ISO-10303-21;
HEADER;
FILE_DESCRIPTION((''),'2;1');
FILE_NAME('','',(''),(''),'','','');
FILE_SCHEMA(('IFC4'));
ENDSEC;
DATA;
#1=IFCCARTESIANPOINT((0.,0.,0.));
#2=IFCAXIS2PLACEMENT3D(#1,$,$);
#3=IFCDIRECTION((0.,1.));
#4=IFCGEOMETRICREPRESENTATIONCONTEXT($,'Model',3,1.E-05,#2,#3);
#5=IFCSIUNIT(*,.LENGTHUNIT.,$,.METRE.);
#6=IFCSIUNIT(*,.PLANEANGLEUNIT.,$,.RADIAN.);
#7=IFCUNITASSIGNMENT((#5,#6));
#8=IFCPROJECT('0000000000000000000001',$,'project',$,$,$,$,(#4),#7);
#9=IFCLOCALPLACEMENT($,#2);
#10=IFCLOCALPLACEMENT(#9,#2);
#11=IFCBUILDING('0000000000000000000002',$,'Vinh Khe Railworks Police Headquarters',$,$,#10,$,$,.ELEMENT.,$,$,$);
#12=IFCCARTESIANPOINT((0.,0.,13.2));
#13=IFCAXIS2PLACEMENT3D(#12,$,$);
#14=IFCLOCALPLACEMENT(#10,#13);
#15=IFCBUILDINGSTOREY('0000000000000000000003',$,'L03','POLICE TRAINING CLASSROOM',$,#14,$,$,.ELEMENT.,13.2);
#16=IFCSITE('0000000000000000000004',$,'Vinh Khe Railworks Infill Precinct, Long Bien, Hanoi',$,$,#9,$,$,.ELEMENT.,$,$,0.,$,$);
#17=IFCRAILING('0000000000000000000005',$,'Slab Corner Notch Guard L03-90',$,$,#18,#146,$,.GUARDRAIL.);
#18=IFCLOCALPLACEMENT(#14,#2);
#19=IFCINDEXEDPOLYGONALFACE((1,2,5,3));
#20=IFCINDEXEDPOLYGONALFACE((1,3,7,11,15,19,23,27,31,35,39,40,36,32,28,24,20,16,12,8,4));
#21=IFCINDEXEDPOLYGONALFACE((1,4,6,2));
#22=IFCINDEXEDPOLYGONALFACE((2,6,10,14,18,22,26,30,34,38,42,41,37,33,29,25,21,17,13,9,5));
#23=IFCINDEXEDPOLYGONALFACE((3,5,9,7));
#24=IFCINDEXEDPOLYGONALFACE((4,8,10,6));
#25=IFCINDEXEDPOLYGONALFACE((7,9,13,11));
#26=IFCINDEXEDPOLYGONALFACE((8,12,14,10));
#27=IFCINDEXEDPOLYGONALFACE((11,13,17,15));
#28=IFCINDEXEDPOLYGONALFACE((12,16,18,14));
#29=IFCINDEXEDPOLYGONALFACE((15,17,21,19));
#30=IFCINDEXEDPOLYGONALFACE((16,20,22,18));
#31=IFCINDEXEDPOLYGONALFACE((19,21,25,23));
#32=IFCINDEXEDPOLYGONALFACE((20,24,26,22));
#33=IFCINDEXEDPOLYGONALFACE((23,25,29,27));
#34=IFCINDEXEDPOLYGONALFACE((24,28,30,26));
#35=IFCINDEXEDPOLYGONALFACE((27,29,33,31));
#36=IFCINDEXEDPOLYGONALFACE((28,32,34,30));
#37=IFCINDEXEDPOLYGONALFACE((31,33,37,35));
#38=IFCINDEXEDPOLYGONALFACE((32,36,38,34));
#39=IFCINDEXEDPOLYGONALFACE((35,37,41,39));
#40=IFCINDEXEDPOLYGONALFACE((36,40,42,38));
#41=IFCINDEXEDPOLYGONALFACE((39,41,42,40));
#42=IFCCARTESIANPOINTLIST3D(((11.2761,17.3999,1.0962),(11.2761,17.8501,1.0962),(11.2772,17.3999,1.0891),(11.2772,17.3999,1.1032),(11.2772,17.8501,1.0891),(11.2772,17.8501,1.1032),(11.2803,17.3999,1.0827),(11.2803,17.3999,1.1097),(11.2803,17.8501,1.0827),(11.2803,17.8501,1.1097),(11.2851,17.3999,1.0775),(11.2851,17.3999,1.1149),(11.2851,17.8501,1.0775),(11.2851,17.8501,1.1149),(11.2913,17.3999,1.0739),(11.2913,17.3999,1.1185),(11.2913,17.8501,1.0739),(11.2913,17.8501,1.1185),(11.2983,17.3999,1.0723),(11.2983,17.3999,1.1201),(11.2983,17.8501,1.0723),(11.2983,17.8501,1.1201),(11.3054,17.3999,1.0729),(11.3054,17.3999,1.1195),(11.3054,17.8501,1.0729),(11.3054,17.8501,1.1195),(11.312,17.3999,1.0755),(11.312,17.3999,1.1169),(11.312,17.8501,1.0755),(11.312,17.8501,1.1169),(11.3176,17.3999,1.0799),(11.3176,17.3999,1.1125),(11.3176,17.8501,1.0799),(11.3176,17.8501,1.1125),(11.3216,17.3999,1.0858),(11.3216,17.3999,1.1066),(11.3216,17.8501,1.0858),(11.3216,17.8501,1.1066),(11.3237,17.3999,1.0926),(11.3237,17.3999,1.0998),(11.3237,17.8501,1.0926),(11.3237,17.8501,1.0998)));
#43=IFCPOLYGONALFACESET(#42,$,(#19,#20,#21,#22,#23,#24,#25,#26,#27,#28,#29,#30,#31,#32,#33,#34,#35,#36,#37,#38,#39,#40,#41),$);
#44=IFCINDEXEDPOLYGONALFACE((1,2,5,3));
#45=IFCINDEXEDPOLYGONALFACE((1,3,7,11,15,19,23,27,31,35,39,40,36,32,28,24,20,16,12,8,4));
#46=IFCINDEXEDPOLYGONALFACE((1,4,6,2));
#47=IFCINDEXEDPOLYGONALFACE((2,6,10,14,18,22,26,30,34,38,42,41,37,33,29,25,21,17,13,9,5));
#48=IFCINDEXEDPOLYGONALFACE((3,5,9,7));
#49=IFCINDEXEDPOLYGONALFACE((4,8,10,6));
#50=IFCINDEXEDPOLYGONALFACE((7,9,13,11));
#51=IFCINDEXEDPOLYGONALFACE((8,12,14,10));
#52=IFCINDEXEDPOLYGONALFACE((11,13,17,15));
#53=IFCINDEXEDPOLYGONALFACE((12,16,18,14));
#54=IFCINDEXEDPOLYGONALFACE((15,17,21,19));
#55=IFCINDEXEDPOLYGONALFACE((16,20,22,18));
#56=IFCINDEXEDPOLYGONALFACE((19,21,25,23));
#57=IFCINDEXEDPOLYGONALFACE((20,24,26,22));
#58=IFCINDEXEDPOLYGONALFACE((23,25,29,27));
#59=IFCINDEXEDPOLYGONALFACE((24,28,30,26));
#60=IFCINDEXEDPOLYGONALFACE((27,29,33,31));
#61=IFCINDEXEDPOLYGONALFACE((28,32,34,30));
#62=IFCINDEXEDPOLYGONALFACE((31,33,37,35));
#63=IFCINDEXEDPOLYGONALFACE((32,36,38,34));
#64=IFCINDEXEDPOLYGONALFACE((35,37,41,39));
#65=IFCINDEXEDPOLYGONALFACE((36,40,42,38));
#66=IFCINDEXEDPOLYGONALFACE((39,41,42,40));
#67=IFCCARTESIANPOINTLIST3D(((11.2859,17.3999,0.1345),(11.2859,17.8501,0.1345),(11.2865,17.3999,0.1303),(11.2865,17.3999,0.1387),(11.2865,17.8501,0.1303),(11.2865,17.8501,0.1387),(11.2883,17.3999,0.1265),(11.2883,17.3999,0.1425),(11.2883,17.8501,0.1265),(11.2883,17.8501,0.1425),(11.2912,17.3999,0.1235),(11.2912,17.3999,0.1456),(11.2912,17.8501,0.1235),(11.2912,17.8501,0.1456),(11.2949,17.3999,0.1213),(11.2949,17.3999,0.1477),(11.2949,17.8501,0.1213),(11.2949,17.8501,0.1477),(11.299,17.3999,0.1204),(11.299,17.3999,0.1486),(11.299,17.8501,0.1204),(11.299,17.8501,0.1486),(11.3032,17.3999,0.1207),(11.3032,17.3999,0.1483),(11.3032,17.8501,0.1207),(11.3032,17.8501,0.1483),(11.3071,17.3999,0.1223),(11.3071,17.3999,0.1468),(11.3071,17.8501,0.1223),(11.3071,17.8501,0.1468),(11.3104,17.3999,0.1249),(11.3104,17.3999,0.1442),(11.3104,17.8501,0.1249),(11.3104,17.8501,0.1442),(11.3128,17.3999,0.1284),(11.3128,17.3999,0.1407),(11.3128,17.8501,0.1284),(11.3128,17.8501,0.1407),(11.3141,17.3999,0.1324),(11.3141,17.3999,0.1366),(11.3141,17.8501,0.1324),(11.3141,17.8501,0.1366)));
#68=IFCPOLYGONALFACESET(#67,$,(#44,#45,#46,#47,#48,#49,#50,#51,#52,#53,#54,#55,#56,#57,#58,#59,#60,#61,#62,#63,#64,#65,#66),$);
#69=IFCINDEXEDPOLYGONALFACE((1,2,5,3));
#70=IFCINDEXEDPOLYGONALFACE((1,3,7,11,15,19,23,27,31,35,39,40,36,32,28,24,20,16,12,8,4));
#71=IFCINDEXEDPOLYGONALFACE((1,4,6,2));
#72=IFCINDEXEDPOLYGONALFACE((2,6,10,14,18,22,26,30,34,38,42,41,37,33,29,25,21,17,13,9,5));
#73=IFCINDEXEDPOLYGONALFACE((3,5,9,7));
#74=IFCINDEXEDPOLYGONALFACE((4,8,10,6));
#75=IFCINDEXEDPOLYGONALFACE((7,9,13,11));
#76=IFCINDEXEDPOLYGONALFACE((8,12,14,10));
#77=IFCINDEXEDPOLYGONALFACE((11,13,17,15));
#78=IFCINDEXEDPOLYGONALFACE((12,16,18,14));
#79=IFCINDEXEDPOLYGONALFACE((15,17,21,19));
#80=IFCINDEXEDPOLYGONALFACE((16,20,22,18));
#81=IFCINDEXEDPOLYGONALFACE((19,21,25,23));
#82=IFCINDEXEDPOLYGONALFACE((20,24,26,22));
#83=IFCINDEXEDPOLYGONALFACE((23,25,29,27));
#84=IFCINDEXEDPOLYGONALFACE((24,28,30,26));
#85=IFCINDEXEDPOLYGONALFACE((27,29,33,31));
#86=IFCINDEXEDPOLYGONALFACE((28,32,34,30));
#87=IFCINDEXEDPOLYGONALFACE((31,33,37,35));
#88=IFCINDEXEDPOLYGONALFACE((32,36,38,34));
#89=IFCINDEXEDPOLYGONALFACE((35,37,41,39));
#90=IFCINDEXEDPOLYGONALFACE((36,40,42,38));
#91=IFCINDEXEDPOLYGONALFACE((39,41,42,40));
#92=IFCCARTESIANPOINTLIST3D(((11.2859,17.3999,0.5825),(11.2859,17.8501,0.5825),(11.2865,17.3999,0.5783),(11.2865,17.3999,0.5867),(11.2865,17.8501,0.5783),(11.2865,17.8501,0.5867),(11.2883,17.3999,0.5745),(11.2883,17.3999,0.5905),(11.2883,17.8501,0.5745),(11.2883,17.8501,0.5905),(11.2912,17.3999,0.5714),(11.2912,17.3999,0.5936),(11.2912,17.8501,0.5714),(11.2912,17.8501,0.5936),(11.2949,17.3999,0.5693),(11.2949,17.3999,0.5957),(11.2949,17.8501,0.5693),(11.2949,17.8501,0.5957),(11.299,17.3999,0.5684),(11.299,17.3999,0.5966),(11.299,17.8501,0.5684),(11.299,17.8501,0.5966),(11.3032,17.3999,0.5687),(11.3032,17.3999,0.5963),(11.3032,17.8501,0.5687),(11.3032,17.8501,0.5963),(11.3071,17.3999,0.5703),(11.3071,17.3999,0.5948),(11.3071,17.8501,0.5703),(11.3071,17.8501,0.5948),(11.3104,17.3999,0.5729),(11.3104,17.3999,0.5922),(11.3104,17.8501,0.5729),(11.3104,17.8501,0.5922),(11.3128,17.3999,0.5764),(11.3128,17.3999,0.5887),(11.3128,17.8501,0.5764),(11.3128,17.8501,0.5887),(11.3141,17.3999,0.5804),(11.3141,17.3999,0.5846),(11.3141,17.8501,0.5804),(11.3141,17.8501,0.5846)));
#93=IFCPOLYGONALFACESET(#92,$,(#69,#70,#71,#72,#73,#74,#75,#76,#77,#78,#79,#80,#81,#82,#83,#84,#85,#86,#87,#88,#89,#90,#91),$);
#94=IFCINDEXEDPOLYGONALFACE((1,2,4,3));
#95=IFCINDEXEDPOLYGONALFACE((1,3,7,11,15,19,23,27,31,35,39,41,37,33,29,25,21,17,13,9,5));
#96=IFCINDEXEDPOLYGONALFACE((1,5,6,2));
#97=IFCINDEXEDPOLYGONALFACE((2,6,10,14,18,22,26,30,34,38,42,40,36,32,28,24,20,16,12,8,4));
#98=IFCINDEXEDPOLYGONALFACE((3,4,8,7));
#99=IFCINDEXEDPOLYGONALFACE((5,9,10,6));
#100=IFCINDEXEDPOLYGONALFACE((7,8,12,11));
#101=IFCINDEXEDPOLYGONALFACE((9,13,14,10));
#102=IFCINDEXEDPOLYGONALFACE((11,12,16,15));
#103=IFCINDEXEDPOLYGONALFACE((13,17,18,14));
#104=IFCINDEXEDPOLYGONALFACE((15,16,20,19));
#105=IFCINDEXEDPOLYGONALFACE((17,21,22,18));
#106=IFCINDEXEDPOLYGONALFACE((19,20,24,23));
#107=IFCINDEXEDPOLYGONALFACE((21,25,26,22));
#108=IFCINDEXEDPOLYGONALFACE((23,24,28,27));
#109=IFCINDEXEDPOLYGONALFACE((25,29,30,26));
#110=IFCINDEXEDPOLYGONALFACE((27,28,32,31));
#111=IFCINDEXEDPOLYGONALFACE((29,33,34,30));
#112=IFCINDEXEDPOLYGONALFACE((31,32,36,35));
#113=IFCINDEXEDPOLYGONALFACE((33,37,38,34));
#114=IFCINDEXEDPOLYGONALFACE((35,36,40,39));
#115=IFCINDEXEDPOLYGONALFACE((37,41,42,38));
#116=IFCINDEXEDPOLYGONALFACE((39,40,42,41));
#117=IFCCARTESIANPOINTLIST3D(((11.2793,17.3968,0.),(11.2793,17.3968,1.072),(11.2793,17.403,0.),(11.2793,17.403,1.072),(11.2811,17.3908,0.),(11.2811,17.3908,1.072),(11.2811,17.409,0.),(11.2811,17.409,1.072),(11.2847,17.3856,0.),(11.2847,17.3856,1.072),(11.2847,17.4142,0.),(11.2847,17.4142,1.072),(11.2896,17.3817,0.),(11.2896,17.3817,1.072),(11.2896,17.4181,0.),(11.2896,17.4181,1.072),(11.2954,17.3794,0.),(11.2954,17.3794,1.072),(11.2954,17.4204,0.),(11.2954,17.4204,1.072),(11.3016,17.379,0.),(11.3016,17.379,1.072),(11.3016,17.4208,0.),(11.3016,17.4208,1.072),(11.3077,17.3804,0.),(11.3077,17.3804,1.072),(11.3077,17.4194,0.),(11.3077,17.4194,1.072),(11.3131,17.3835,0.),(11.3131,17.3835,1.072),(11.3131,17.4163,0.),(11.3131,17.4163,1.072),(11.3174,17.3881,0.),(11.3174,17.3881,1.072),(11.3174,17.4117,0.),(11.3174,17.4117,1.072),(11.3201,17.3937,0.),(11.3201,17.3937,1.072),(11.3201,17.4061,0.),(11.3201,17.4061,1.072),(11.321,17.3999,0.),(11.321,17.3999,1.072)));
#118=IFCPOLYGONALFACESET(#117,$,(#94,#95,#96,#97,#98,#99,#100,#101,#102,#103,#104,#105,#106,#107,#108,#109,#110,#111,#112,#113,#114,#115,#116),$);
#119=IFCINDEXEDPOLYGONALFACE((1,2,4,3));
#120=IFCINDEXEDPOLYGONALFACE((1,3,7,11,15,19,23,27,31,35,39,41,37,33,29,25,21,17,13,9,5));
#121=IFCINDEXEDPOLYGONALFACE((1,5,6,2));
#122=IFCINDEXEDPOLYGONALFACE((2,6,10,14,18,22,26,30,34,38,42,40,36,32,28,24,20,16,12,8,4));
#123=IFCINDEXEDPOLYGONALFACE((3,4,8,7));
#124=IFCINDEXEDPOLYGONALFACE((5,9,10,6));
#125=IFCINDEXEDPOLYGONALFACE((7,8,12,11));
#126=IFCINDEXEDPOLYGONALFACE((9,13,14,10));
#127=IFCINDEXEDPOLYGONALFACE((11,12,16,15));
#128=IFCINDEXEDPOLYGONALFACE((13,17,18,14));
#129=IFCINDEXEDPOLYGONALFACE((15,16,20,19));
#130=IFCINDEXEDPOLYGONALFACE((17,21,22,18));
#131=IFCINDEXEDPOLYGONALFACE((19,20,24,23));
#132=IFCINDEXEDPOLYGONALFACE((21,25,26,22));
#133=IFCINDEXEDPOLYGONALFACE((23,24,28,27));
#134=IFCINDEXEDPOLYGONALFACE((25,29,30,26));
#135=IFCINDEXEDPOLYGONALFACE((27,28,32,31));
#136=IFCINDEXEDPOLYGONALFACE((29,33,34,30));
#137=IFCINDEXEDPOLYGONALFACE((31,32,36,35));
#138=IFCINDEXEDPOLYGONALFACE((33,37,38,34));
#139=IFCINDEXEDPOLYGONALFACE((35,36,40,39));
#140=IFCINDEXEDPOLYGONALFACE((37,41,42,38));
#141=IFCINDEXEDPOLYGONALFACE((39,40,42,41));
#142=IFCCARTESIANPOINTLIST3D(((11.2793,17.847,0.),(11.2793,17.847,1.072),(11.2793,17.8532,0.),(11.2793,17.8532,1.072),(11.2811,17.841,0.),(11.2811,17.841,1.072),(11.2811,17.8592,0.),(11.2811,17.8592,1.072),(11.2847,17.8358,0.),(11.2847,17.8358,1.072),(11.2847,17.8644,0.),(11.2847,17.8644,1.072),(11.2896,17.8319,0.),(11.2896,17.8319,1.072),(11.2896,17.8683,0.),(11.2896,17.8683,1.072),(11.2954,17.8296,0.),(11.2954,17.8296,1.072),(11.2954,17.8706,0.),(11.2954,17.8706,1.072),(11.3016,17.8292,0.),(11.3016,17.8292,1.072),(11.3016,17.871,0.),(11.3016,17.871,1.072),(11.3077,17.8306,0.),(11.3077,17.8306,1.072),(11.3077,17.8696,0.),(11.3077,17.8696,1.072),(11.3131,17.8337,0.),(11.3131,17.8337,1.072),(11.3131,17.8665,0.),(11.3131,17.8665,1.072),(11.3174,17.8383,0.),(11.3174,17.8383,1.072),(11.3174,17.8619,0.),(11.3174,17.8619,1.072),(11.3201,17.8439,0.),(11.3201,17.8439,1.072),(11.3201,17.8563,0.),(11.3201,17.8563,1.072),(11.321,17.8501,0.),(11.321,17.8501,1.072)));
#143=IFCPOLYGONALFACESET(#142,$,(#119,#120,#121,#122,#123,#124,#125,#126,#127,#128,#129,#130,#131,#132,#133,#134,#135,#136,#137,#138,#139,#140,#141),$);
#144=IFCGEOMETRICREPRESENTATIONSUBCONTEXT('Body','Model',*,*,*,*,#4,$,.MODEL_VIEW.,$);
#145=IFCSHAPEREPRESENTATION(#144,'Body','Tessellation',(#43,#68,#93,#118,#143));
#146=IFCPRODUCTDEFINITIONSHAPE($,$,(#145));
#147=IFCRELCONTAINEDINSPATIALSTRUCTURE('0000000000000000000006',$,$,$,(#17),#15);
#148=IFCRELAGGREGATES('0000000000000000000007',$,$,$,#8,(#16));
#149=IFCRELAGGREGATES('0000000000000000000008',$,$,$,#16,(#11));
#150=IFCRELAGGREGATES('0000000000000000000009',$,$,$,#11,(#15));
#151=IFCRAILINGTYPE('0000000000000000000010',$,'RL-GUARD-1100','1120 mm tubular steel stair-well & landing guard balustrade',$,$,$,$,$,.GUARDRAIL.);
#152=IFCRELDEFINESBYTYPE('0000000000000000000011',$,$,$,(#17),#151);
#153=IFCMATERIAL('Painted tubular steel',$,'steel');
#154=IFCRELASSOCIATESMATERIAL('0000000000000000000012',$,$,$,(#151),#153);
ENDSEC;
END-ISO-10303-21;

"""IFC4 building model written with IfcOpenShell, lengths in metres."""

from ifc_helpers import new_model, si_unit, direction, frame, origin, origin_2d, place, context, subcontext, project, spatial, circle, extrude, material, type_object, element, save


model = new_model("IFC4")

# Units and contexts
model_context = context("Model", 3, precision=1e-05, world=origin(), true_north=direction((0.0, 1.0)))
body_context = subcontext(model_context, "Body", "Model", "MODEL_VIEW")
ifc_project = project(units=[si_unit("LENGTHUNIT", "METRE"), si_unit("PLANEANGLEUNIT", "RADIAN")], contexts=[model_context])

# Site, building, storey
site_placement = place(None, origin())
site = spatial("IfcSite", under=ifc_project, at=site_placement, Name="Vinh Khe Railworks Infill Precinct, Long Bien, Hanoi", CompositionType="ELEMENT", RefElevation=0.0)
building_placement = place(site_placement, origin())
building = spatial("IfcBuilding", under=site, at=building_placement, Name="Vinh Khe Railworks Police Headquarters", CompositionType="ELEMENT")
storey_placement = place(building_placement, frame((0.0, 0.0, 13.2)))
storey = spatial("IfcBuildingStorey", under=building, at=storey_placement, Name="L03", Description="POLICE TRAINING CLASSROOM", CompositionType="ELEMENT", Elevation=13.2)

# Railing
ifc_material_1 = material(Name="Painted tubular steel", Category="steel")
railing_type = type_object("IfcRailingType", Name="RL-GUARD-1100", Description="1120 mm tubular steel stair-well & landing guard balustrade", PredefinedType="GUARDRAIL", material=ifc_material_1)
railing_placement = place(storey_placement, frame((11.3, 17.3999, 0.0)))
element("IfcRailing", 1, at=railing_placement, inside=storey, type_object=railing_type, Name="Slab Corner Notch Guard L03-90", PredefinedType="GUARDRAIL", context=body_context, shape_type="SweptSolid", body=[
    extrude(circle(Radius=0.0239, at=origin_2d()), frame((0.0, 0.0, 1.0962), z_axis=(0.0, 1.0, 0.0), x_axis=(-1.0, 0.0, 0.0)), (0.0, 0.0, 1.0), 0.4502),
    extrude(circle(Radius=0.0142, at=origin_2d()), frame((0.0, 0.0, 0.1345), z_axis=(0.0, 1.0, 0.0), x_axis=(-1.0, 0.0, 0.0)), (0.0, 0.0, 1.0), 0.4502),
    extrude(circle(Radius=0.0142, at=origin_2d()), frame((0.0, 0.0, 0.5825), z_axis=(0.0, 1.0, 0.0), x_axis=(-1.0, 0.0, 0.0)), (0.0, 0.0, 1.0), 0.4502),
    extrude(circle(Radius=0.021, at=origin_2d()), origin(), (0.0, 0.0, 1.0), 1.072),
    extrude(circle(Radius=0.021, at=origin_2d()), frame((0.0, 0.4502, 0.0)), (0.0, 0.0, 1.0), 1.072),
])

save(model, "model.ifc")
